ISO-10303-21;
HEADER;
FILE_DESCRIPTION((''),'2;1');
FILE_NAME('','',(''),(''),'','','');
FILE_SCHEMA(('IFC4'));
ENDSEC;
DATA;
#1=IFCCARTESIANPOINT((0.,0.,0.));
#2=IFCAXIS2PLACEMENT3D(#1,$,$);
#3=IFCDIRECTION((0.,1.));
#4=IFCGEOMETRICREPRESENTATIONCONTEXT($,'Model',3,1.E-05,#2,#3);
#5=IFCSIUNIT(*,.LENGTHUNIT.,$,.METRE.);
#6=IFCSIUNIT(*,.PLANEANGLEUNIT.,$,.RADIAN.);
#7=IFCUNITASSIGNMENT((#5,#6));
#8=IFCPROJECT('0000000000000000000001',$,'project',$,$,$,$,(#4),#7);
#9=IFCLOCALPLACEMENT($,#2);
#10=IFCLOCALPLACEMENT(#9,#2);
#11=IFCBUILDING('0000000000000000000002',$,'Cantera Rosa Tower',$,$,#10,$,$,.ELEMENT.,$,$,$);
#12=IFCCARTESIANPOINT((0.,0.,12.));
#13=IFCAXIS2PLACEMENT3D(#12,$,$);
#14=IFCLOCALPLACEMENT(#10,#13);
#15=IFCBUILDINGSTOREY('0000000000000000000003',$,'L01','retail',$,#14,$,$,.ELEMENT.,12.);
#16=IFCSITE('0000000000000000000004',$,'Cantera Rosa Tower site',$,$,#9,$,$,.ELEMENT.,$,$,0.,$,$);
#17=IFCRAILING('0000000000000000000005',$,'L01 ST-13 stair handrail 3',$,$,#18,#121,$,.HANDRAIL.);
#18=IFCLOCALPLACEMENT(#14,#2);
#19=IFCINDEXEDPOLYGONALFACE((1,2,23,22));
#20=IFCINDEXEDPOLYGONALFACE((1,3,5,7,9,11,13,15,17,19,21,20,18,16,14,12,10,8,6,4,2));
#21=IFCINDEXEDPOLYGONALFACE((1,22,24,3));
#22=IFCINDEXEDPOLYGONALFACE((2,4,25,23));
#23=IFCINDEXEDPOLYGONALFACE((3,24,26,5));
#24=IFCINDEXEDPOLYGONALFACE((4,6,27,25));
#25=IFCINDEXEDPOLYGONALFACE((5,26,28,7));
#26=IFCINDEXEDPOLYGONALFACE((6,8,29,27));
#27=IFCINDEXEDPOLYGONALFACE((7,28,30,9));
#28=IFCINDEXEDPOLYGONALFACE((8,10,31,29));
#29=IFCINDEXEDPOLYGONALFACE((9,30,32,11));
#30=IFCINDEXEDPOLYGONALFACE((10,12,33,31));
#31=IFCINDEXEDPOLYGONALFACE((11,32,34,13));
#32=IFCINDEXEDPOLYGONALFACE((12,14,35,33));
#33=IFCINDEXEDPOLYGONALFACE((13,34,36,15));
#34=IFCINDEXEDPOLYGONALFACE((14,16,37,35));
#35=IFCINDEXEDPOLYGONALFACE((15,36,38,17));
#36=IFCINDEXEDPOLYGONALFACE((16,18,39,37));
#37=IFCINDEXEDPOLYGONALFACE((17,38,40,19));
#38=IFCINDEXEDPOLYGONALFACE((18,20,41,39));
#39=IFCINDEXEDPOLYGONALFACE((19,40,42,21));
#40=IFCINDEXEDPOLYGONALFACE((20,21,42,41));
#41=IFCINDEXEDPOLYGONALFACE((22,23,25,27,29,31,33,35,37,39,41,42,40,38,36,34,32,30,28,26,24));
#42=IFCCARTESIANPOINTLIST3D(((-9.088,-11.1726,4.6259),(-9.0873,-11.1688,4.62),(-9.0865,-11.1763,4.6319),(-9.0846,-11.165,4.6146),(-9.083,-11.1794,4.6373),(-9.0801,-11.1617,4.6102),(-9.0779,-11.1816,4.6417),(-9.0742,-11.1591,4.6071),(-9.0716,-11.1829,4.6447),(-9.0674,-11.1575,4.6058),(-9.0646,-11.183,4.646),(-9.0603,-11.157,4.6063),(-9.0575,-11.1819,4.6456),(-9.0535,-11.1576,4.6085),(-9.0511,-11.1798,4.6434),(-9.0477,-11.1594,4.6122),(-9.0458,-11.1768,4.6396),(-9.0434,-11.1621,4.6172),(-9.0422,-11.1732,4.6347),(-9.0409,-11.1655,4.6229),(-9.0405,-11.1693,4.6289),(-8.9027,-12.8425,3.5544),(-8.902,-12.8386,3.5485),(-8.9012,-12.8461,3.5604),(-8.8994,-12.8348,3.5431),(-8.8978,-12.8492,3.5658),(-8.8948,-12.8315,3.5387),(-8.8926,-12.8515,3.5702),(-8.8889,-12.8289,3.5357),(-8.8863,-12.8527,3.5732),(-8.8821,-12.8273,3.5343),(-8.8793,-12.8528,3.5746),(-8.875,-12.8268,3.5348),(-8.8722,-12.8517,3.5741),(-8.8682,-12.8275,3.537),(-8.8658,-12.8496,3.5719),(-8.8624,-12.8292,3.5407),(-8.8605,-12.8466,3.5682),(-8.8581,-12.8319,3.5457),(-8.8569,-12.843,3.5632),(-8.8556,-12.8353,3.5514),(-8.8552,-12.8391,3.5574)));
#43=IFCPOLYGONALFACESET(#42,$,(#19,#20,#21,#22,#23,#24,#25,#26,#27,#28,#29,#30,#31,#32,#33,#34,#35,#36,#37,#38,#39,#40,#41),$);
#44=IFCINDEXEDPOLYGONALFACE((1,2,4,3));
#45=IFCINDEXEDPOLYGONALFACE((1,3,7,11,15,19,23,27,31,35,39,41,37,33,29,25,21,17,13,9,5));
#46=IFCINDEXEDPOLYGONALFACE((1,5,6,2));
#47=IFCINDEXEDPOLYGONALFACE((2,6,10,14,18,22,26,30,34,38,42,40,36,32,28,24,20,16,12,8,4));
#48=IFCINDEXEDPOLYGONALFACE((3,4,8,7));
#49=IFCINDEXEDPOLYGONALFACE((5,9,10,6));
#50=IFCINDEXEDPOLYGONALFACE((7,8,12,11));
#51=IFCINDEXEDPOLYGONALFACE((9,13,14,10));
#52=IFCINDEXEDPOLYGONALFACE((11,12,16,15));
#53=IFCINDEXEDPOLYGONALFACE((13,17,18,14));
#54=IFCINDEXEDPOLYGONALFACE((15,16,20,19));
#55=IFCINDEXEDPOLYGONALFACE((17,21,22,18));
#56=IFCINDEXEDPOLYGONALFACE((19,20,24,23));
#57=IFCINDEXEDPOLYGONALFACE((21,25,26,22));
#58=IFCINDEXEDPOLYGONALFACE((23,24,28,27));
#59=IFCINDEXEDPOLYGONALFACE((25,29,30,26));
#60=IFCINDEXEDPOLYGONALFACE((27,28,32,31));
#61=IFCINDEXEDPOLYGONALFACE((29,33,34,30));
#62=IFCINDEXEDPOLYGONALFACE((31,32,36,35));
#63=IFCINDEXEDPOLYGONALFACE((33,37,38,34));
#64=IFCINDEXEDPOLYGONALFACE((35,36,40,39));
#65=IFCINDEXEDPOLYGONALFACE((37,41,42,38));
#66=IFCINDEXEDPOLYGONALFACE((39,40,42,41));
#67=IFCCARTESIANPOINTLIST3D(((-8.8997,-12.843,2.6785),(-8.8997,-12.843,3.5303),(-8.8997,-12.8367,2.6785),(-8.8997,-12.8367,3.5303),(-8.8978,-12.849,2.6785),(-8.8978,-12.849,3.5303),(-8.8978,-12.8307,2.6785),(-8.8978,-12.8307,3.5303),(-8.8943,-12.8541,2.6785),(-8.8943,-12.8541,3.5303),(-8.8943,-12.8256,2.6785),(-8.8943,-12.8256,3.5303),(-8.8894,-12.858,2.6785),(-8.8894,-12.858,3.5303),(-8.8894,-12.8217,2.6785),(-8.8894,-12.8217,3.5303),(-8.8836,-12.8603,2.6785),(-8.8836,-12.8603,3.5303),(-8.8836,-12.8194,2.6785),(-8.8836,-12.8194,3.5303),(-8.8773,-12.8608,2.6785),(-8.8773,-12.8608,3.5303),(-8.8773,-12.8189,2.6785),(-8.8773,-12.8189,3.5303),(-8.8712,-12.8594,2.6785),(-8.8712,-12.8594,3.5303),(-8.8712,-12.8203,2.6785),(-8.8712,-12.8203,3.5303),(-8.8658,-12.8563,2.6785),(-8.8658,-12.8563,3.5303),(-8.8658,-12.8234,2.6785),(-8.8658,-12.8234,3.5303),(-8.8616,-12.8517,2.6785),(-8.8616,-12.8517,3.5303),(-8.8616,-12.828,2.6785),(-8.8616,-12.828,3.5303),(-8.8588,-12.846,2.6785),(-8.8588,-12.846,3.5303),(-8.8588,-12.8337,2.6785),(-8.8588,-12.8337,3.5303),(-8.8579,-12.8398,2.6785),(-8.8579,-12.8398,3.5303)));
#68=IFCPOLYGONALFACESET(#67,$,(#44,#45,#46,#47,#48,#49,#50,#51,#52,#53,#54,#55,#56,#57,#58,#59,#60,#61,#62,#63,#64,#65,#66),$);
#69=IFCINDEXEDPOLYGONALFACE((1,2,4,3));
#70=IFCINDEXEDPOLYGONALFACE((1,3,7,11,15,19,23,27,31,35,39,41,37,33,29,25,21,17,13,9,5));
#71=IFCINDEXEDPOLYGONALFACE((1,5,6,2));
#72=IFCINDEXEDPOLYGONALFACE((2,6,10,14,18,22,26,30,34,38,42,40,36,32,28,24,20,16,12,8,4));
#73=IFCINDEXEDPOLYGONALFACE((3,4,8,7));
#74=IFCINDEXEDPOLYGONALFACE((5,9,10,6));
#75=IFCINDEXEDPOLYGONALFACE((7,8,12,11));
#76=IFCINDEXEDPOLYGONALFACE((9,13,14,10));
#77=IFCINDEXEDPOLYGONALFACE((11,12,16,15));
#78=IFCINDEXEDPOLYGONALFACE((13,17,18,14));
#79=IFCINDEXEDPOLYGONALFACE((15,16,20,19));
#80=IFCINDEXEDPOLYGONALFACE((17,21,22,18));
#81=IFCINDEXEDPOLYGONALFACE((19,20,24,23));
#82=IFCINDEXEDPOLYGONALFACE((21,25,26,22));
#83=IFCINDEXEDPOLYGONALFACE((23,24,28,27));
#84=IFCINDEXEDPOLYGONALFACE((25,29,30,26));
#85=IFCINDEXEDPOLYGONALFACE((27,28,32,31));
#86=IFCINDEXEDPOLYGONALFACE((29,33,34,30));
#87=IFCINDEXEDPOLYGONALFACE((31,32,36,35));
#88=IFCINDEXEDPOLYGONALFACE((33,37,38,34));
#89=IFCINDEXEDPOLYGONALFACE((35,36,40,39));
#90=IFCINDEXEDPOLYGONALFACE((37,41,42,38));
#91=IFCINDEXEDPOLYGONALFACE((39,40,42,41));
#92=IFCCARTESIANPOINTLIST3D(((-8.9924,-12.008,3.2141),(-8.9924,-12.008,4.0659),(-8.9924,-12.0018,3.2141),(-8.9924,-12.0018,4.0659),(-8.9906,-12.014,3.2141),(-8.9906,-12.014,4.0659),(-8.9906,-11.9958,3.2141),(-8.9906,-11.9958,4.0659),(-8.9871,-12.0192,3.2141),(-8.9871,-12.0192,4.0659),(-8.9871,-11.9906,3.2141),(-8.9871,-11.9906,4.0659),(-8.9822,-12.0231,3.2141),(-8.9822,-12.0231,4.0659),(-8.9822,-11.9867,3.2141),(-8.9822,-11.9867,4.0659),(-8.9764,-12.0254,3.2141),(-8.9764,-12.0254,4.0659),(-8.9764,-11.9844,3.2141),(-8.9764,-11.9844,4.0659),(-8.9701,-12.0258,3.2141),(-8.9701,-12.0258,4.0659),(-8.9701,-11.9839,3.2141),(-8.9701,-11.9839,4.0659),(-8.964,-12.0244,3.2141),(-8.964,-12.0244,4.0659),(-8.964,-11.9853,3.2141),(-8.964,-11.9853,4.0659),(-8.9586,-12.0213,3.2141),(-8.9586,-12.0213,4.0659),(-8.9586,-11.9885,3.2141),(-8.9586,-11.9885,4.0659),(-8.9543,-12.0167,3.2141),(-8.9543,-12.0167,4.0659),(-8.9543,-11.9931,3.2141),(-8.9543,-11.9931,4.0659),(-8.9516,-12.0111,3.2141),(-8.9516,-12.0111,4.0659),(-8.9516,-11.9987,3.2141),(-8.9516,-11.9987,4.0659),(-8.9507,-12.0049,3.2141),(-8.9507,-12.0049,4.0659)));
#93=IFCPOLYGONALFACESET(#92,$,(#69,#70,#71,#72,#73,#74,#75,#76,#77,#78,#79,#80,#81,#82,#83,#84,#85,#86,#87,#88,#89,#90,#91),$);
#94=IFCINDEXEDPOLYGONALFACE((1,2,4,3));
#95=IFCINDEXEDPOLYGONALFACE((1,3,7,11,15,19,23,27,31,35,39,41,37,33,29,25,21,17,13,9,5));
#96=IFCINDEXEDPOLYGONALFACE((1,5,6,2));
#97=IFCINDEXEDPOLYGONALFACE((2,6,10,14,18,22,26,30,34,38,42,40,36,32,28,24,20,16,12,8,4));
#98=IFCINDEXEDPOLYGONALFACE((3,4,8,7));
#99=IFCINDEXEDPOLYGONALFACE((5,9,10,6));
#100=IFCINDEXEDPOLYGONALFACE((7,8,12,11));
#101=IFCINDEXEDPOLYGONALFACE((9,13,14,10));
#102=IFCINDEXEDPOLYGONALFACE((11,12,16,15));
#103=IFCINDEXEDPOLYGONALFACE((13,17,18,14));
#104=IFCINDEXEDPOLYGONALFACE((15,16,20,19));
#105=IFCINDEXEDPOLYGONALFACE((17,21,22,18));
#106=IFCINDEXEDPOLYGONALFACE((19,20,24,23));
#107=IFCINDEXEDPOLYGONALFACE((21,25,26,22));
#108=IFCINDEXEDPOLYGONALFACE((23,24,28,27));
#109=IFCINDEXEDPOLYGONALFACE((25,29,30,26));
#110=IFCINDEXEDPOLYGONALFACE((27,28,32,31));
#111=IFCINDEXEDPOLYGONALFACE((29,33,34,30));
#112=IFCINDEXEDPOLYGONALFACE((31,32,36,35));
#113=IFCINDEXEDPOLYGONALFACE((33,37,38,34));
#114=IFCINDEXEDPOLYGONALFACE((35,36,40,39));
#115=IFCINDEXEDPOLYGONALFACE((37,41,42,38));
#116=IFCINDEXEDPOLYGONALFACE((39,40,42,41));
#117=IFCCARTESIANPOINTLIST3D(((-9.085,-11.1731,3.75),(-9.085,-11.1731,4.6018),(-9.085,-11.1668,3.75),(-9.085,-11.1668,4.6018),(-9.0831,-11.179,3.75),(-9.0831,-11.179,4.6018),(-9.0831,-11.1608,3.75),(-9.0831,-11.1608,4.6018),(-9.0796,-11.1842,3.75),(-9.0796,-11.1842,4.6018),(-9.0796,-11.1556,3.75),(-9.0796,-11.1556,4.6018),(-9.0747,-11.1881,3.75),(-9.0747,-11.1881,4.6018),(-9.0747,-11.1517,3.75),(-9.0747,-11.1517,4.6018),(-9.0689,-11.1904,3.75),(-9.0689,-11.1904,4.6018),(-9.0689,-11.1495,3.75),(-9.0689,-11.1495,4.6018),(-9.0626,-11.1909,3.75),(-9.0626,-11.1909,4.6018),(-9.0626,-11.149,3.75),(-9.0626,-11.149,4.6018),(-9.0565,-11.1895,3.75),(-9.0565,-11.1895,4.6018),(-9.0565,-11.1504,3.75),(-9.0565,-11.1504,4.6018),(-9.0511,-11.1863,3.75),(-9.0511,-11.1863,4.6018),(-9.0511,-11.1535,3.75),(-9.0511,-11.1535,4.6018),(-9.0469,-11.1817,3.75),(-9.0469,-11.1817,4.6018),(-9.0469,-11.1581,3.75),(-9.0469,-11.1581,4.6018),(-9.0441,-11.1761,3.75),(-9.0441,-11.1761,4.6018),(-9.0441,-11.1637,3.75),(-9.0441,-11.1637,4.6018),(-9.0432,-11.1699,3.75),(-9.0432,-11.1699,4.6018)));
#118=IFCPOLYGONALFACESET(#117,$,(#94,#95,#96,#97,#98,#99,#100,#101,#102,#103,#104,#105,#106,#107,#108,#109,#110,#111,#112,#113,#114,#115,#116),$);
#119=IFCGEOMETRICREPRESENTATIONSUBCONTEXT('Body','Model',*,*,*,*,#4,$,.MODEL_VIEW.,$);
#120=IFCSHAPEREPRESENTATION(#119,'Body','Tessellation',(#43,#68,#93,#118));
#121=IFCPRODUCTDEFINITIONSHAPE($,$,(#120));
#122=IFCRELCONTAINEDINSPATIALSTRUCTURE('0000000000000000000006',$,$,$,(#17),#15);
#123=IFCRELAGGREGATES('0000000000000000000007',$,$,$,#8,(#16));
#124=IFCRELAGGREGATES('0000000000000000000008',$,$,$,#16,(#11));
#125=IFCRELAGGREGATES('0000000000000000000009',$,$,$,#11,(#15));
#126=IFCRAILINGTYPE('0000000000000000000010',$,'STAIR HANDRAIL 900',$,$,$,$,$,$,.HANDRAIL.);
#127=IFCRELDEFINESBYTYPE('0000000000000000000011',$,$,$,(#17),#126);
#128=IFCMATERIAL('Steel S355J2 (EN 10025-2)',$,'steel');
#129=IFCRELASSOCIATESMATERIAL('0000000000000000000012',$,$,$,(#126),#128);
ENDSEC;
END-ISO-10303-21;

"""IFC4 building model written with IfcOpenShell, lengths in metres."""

from ifc_helpers import new_model, si_unit, direction, frame, origin, origin_2d, place, context, subcontext, project, spatial, circle, extrude, material, type_object, element, save


model = new_model("IFC4")

# Units and contexts
model_context = context("Model", 3, precision=1e-05, world=origin(), true_north=direction((0.0, 1.0)))
body_context = subcontext(model_context, "Body", "Model", "MODEL_VIEW")
ifc_project = project(units=[si_unit("LENGTHUNIT", "METRE"), si_unit("PLANEANGLEUNIT", "RADIAN")], contexts=[model_context])

# Site, building, storey
site_placement = place(None, origin())
site = spatial("IfcSite", under=ifc_project, at=site_placement, Name="Cantera Rosa Tower site", CompositionType="ELEMENT", RefElevation=0.0)
building_placement = place(site_placement, origin())
building = spatial("IfcBuilding", under=site, at=building_placement, Name="Cantera Rosa Tower", CompositionType="ELEMENT")
storey_placement = place(building_placement, frame((0.0, 0.0, 12.0)))
storey = spatial("IfcBuildingStorey", under=building, at=storey_placement, Name="L01", Description="retail", CompositionType="ELEMENT", Elevation=12.0)

# Railing
ifc_material_1 = material(Name="Steel S355J2 (EN 10025-2)", Category="steel")
railing_type_1 = type_object("IfcRailingType", Name="STAIR HANDRAIL 900", PredefinedType="HANDRAIL", material=ifc_material_1)
railing_1_placement = place(storey_placement, frame((-8.8789, -12.8398, 2.6785)))
element("IfcRailing", 1, at=railing_1_placement, inside=storey, type_object=railing_type_1, Name="L01 ST-13 stair handrail 3", PredefinedType="HANDRAIL", context=body_context, shape_type="SweptSolid", body=[
    extrude(circle(Radius=0.0239, at=origin_2d()), frame((0.0, 0.0, 0.876), z_axis=(-0.092987, 0.837987, 0.537709), x_axis=(-0.9939, -0.110288, 0.0)), (0.0, 0.0, 1.0), 1.9927),
    extrude(circle(Radius=0.021, at=origin_2d()), origin(), (0.0, 0.0, 1.0), 0.8518),
    extrude(circle(Radius=0.021, at=origin_2d()), frame((-0.0928, 0.835, 0.5356)), (0.0, 0.0, 1.0), 0.8518),
    extrude(circle(Radius=0.021, at=origin_2d()), frame((-0.1853, 1.6699, 1.0715)), (0.0, 0.0, 1.0), 0.8518),
])

save(model, "model.ifc")
